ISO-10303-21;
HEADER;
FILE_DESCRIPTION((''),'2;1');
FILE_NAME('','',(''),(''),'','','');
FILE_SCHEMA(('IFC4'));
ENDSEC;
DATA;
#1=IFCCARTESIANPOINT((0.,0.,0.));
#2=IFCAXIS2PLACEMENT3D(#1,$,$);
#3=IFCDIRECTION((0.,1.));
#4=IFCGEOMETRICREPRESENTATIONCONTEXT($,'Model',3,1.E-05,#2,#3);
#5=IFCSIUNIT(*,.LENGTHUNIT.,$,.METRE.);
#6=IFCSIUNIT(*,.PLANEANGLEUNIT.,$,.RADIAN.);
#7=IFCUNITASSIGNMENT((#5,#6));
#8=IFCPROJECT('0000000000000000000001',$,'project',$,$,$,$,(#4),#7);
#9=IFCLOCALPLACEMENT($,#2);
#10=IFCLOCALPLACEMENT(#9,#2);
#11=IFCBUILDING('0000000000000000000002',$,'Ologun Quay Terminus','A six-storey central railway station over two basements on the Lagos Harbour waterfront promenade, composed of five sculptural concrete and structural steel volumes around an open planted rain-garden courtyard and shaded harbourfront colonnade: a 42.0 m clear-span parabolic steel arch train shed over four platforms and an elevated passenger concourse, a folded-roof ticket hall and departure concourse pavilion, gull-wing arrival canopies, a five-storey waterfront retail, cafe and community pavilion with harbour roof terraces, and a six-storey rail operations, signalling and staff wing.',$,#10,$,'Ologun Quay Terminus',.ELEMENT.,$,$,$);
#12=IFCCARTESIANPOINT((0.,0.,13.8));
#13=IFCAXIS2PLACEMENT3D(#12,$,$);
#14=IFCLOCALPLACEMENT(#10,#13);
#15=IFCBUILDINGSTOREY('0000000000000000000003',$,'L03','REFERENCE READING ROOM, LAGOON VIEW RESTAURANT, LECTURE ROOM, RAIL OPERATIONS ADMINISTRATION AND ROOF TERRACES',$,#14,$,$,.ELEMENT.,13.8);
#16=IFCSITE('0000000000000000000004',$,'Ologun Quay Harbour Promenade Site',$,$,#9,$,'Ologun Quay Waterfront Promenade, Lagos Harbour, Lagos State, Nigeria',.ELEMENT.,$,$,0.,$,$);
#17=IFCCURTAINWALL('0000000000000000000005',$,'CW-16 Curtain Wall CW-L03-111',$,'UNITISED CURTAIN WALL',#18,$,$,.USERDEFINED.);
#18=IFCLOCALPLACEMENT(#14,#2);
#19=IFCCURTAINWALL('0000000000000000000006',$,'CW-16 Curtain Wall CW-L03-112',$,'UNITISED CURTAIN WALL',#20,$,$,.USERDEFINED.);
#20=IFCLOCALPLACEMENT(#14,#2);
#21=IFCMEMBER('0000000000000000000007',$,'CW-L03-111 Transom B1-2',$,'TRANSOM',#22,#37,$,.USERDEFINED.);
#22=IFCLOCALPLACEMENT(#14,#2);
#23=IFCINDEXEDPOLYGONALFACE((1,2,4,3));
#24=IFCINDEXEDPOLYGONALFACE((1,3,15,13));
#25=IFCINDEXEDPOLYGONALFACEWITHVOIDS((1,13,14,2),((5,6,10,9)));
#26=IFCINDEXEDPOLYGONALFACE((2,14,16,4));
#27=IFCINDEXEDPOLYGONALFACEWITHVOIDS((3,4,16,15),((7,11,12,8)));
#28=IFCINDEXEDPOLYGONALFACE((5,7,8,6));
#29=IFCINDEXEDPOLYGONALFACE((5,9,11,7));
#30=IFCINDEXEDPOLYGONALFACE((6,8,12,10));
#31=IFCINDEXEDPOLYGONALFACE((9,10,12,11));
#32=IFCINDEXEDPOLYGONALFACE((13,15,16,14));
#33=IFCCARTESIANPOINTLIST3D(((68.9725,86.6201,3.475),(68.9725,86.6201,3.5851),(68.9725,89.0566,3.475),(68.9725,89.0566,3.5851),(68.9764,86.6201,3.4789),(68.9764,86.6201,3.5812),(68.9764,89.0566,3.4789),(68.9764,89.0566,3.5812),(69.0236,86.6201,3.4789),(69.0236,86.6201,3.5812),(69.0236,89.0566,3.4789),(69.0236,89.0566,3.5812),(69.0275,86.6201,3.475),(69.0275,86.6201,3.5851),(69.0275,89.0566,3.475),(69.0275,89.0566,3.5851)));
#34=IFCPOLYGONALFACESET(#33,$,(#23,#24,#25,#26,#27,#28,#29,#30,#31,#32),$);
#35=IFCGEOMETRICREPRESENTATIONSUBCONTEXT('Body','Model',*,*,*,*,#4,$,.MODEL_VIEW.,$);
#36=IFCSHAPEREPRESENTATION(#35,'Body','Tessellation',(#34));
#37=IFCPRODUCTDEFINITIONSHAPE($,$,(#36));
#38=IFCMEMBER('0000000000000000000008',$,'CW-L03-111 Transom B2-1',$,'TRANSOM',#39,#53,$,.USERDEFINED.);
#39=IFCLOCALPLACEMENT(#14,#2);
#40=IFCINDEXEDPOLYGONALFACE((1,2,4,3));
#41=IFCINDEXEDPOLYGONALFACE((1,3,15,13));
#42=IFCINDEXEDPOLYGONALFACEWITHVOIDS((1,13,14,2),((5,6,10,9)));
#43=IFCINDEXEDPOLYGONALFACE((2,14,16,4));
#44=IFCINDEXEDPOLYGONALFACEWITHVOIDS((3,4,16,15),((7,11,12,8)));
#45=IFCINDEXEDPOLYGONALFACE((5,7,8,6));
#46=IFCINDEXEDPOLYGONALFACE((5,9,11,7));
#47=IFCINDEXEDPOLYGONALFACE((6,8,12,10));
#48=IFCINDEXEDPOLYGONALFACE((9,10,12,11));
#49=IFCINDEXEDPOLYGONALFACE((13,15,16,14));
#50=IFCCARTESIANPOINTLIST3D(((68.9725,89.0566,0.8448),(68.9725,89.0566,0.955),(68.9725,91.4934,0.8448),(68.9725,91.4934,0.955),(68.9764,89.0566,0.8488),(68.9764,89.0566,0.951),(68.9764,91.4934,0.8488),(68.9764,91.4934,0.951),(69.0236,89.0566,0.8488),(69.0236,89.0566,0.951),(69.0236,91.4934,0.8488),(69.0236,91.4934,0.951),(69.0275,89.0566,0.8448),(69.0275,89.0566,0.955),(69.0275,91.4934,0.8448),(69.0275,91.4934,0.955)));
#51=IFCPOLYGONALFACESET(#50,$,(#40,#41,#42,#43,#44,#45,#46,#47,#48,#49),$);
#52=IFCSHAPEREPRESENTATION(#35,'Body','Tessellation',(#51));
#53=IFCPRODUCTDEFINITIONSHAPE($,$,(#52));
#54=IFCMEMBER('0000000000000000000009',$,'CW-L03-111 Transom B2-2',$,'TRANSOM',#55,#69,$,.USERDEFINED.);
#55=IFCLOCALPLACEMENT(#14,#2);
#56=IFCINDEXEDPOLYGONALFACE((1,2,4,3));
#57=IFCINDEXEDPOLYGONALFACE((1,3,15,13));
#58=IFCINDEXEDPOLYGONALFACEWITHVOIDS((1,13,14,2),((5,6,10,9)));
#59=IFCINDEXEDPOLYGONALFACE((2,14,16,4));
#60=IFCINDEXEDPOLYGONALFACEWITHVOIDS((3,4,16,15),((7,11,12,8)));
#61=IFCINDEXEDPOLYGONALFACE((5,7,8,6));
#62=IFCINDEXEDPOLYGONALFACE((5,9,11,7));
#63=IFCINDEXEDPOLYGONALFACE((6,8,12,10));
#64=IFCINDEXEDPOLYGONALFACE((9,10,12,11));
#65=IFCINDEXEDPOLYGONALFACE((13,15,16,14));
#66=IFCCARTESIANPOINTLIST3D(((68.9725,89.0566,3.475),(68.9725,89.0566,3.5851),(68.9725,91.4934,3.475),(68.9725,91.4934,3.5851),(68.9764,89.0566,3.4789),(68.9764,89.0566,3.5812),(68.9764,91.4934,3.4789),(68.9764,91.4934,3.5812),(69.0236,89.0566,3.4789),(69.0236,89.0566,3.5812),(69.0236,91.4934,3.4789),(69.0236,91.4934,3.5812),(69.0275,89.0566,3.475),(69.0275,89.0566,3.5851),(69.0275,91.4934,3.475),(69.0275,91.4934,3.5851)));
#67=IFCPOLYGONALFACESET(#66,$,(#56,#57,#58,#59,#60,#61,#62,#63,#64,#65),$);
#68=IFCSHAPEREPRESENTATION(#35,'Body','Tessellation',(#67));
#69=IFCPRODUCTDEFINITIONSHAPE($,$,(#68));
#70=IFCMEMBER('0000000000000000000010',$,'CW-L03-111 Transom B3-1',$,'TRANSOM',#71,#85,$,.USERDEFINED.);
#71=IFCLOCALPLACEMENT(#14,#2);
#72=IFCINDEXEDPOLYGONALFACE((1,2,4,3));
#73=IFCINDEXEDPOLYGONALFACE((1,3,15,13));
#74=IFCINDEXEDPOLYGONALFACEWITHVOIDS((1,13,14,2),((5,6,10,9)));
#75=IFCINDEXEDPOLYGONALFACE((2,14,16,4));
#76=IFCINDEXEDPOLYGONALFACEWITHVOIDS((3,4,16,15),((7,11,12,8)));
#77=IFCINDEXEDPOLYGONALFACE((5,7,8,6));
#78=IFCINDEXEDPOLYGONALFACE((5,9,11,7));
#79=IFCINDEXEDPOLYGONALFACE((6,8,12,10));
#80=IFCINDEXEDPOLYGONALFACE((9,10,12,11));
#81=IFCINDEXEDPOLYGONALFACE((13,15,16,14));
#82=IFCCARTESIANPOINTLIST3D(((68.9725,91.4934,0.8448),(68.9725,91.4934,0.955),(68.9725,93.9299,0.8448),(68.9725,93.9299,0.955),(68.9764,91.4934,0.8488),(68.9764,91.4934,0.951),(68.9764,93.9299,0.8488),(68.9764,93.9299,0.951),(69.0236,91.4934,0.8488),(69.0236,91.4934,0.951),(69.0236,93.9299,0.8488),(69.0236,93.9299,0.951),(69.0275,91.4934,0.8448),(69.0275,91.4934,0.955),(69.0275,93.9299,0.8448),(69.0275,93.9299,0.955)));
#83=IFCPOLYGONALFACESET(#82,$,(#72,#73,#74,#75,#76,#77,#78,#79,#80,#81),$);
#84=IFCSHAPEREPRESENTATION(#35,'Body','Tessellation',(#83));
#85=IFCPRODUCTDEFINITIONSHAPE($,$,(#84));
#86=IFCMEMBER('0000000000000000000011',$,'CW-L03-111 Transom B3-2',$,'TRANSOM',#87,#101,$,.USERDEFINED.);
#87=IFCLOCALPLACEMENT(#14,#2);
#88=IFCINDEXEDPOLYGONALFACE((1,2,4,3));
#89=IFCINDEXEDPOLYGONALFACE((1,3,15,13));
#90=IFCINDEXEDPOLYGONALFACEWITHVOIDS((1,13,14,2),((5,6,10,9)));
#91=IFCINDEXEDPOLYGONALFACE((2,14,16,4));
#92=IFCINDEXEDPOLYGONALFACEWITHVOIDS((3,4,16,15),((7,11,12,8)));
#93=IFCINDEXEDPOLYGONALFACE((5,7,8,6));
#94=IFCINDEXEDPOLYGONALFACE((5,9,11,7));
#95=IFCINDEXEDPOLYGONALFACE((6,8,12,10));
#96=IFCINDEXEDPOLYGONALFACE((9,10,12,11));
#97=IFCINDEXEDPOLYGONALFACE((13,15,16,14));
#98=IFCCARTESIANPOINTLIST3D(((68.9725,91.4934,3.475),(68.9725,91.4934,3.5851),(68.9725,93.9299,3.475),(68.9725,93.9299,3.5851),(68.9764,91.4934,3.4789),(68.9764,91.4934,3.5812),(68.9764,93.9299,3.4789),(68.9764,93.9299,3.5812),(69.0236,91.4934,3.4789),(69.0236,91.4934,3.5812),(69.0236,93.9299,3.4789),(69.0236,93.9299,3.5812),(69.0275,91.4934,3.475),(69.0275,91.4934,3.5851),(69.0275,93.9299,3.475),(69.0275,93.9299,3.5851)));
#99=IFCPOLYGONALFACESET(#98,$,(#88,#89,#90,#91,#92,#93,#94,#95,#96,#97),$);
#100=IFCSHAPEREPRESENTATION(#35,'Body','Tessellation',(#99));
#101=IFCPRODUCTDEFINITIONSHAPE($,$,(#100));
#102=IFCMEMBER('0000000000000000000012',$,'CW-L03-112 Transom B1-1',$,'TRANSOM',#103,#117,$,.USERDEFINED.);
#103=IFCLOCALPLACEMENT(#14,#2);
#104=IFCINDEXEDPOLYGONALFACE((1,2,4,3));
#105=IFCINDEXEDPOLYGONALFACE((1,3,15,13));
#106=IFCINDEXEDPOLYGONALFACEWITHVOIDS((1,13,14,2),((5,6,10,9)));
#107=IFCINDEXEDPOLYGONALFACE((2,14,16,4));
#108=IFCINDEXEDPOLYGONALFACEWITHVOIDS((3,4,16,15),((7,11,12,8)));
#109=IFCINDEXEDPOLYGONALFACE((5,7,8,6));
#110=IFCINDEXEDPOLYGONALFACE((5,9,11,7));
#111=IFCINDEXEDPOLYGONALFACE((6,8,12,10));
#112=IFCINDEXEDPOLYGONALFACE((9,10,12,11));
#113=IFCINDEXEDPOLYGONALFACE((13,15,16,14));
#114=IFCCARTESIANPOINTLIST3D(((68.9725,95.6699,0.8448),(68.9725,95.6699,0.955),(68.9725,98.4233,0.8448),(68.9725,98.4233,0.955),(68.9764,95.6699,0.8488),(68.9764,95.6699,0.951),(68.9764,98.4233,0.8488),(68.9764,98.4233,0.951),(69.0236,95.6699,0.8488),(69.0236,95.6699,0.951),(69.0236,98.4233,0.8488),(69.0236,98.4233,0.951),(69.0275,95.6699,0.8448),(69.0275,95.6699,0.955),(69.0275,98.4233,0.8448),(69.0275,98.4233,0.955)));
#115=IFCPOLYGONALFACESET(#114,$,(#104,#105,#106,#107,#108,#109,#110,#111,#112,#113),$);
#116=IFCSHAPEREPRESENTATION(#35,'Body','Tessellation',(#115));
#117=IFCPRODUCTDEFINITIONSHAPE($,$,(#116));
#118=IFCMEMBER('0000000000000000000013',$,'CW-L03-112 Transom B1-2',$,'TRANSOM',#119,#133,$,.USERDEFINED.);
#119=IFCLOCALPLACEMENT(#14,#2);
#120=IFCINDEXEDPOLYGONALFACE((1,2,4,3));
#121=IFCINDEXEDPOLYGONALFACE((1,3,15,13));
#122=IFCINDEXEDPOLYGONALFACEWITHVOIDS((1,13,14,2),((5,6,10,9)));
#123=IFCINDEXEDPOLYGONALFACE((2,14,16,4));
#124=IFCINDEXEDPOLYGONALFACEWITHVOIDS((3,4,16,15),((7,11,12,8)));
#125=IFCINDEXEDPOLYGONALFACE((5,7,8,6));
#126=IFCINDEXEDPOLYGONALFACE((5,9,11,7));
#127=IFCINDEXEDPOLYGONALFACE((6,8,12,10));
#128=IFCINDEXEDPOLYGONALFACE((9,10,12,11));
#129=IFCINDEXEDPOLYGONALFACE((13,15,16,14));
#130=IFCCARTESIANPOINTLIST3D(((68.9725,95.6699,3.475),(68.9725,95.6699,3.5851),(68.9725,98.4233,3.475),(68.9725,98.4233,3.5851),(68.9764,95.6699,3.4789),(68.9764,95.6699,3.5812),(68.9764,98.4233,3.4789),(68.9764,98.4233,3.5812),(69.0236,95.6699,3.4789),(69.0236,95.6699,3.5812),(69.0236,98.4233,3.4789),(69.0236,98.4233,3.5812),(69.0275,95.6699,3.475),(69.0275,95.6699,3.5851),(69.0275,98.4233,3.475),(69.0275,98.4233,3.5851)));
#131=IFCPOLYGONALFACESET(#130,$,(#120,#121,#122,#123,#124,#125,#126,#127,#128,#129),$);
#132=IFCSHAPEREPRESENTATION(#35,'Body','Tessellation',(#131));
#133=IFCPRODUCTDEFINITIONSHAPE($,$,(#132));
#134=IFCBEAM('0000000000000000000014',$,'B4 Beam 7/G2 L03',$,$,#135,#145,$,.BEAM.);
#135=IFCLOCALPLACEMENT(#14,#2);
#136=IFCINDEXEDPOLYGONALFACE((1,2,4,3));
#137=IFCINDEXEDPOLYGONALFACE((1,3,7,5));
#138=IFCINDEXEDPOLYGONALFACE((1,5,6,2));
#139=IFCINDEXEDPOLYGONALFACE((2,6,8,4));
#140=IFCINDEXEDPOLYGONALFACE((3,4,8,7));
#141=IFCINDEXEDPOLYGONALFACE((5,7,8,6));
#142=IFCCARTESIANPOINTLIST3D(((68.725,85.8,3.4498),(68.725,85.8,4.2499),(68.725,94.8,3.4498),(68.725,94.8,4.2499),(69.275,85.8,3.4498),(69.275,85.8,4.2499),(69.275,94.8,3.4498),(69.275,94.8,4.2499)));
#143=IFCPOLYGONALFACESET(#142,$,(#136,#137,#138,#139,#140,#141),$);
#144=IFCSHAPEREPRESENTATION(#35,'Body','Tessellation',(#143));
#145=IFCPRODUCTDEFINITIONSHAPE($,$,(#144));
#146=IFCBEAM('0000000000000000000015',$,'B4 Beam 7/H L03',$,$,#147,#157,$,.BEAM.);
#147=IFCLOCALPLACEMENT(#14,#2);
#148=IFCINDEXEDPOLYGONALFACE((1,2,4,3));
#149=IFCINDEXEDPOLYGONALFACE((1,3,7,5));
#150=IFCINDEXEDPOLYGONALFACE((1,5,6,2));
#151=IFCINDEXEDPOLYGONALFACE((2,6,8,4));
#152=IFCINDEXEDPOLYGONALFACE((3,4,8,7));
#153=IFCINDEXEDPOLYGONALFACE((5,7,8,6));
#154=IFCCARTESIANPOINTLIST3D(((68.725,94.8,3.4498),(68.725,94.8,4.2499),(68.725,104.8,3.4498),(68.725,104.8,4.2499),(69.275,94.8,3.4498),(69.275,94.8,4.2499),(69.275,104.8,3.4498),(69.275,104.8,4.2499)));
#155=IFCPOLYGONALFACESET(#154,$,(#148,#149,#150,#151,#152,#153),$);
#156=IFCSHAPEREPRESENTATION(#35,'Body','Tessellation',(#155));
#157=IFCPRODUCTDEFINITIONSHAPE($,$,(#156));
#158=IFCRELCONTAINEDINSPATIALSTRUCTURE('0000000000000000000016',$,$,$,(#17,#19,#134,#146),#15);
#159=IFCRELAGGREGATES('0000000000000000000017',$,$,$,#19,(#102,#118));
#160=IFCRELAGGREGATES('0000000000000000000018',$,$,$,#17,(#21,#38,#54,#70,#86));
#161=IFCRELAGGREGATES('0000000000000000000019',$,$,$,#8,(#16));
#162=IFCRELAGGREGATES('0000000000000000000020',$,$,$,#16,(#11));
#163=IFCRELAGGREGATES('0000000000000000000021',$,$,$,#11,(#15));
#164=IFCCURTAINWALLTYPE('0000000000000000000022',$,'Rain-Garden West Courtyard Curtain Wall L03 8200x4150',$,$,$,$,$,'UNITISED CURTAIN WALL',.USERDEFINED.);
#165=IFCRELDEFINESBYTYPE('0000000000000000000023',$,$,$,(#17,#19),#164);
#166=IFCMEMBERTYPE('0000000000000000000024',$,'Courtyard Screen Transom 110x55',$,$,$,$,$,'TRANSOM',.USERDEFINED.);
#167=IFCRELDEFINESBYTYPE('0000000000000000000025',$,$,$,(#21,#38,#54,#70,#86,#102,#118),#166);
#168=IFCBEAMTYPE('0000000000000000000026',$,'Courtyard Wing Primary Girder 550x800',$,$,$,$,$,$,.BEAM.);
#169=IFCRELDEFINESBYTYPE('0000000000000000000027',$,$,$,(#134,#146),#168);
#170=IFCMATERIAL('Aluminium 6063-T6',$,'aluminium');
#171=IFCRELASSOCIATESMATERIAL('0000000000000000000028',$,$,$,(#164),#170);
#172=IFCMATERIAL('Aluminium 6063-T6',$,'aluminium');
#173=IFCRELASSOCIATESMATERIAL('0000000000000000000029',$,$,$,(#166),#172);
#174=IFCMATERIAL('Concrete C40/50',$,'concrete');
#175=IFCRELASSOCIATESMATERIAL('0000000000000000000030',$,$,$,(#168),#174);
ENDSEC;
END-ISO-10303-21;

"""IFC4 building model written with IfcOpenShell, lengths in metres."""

from ifc_helpers import new_model, si_unit, direction, frame, origin, origin_2d, place, context, subcontext, project, spatial, rectangle, hollow_rectangle, extrude, material, material_profile, profile_set, type_object, element, aggregate, save


model = new_model("IFC4")

# Units and contexts
model_context = context("Model", 3, precision=1e-05, world=origin(), true_north=direction((0.0, 1.0)))
body_context = subcontext(model_context, "Body", "Model", "MODEL_VIEW")
ifc_project = project(units=[si_unit("LENGTHUNIT", "METRE"), si_unit("PLANEANGLEUNIT", "RADIAN")], contexts=[model_context])

# Site, building, storey
site_placement = place(None, origin())
site = spatial("IfcSite", under=ifc_project, at=site_placement, Name="Ologun Quay Harbour Promenade Site", LongName="Ologun Quay Waterfront Promenade, Lagos Harbour, Lagos State, Nigeria", CompositionType="ELEMENT", RefElevation=0.0)
building_placement = place(site_placement, origin())
building = spatial("IfcBuilding", under=site, at=building_placement, Name="Ologun Quay Terminus", Description="A six-storey central railway station over two basements on the Lagos Harbour waterfront promenade, composed of five sculptural concrete and structural steel volumes around an open planted rain-garden courtyard and shaded harbourfront colonnade: a 42.0 m clear-span parabolic steel arch train shed over four platforms and an elevated passenger concourse, a folded-roof ticket hall and departure concourse pavilion, gull-wing arrival canopies, a five-storey waterfront retail, cafe and community pavilion with harbour roof terraces, and a six-storey rail operations, signalling and staff wing.", LongName="Ologun Quay Terminus", CompositionType="ELEMENT")
storey_placement = place(building_placement, frame((0.0, 0.0, 13.8)))
storey = spatial("IfcBuildingStorey", under=building, at=storey_placement, Name="L03", Description="REFERENCE READING ROOM, LAGOON VIEW RESTAURANT, LECTURE ROOM, RAIL OPERATIONS ADMINISTRATION AND ROOF TERRACES", CompositionType="ELEMENT", Elevation=13.8)

# Curtain wall
ifc_material_1 = material(Name="Aluminium 6063-T6", Category="aluminium")
curtain_wall_type = type_object("IfcCurtainWallType", Name="Rain-Garden West Courtyard Curtain Wall L03 8200x4150", ElementType="UNITISED CURTAIN WALL", PredefinedType="USERDEFINED", material=ifc_material_1)
curtain_wall_1_placement = place(storey_placement, origin())
curtain_wall_1 = element("IfcCurtainWall", 1, at=curtain_wall_1_placement, inside=storey, type_object=curtain_wall_type, Name="CW-16 Curtain Wall CW-L03-111", ObjectType="UNITISED CURTAIN WALL", PredefinedType="USERDEFINED")

# Curtain wall
curtain_wall_2_placement = place(storey_placement, origin())
curtain_wall_2 = element("IfcCurtainWall", 2, at=curtain_wall_2_placement, inside=storey, type_object=curtain_wall_type, Name="CW-16 Curtain Wall CW-L03-112", ObjectType="UNITISED CURTAIN WALL", PredefinedType="USERDEFINED")

# Members
ifc_material_2 = material(Name="Aluminium 6063-T6", Category="aluminium")
ifc_material_profile_1 = material_profile(ifc_material_2, hollow_rectangle(XDim=0.0549, YDim=0.1101, WallThickness=0.0039, at=origin_2d()), Name="ALU 110x55x4")
ifc_profile_set_1 = profile_set([ifc_material_profile_1], Name="Aluminium 6063-T6")
member_type_1 = type_object("IfcMemberType", Name="Courtyard Screen Transom 110x55", ElementType="TRANSOM", PredefinedType="USERDEFINED", material=ifc_profile_set_1)
member_1_placement = place(storey_placement, frame((69.0, 86.6201, 3.53), z_axis=(0.0, 1.0, 0.0), x_axis=(-1.0, 0.0, 0.0)))
member_1 = element("IfcMember", 3, at=member_1_placement, type_object=member_type_1, Name="CW-L03-111 Transom B1-2", ObjectType="TRANSOM", PredefinedType="USERDEFINED", context=body_context, shape_type="SweptSolid", body=[
    extrude(hollow_rectangle(XDim=0.0549, YDim=0.1101, WallThickness=0.0039, at=origin_2d()), origin(), (0.0, 0.0, 1.0), 2.4365),
])
member_2_placement = place(storey_placement, frame((69.0, 89.0566, 0.8999), z_axis=(0.0, 1.0, 0.0), x_axis=(-1.0, 0.0, 0.0)))
member_2 = element("IfcMember", 4, at=member_2_placement, type_object=member_type_1, Name="CW-L03-111 Transom B2-1", ObjectType="TRANSOM", PredefinedType="USERDEFINED", context=body_context, shape_type="SweptSolid", body=[
    extrude(hollow_rectangle(XDim=0.0549, YDim=0.1101, WallThickness=0.0039, at=origin_2d()), origin(), (0.0, 0.0, 1.0), 2.4368),
])
member_3_placement = place(storey_placement, frame((69.0, 89.0566, 3.53), z_axis=(0.0, 1.0, 0.0), x_axis=(-1.0, 0.0, 0.0)))
member_3 = element("IfcMember", 5, at=member_3_placement, type_object=member_type_1, Name="CW-L03-111 Transom B2-2", ObjectType="TRANSOM", PredefinedType="USERDEFINED", context=body_context, shape_type="SweptSolid", body=[
    extrude(hollow_rectangle(XDim=0.0549, YDim=0.1101, WallThickness=0.0039, at=origin_2d()), origin(), (0.0, 0.0, 1.0), 2.4368),
])
member_4_placement = place(storey_placement, frame((69.0, 91.4934, 0.8999), z_axis=(0.0, 1.0, 0.0), x_axis=(-1.0, 0.0, 0.0)))
member_4 = element("IfcMember", 6, at=member_4_placement, type_object=member_type_1, Name="CW-L03-111 Transom B3-1", ObjectType="TRANSOM", PredefinedType="USERDEFINED", context=body_context, shape_type="SweptSolid", body=[
    extrude(hollow_rectangle(XDim=0.0549, YDim=0.1101, WallThickness=0.0039, at=origin_2d()), origin(), (0.0, 0.0, 1.0), 2.4365),
])
member_5_placement = place(storey_placement, frame((69.0, 91.4934, 3.53), z_axis=(0.0, 1.0, 0.0), x_axis=(-1.0, 0.0, 0.0)))
member_5 = element("IfcMember", 7, at=member_5_placement, type_object=member_type_1, Name="CW-L03-111 Transom B3-2", ObjectType="TRANSOM", PredefinedType="USERDEFINED", context=body_context, shape_type="SweptSolid", body=[
    extrude(hollow_rectangle(XDim=0.0549, YDim=0.1101, WallThickness=0.0039, at=origin_2d()), origin(), (0.0, 0.0, 1.0), 2.4365),
])
member_6_placement = place(storey_placement, frame((69.0, 95.6699, 0.8999), z_axis=(0.0, 1.0, 0.0), x_axis=(-1.0, 0.0, 0.0)))
member_6 = element("IfcMember", 8, at=member_6_placement, type_object=member_type_1, Name="CW-L03-112 Transom B1-1", ObjectType="TRANSOM", PredefinedType="USERDEFINED", context=body_context, shape_type="SweptSolid", body=[
    extrude(hollow_rectangle(XDim=0.0549, YDim=0.1101, WallThickness=0.0039, at=origin_2d()), origin(), (0.0, 0.0, 1.0), 2.7534),
])
member_7_placement = place(storey_placement, frame((69.0, 95.6699, 3.53), z_axis=(0.0, 1.0, 0.0), x_axis=(-1.0, 0.0, 0.0)))
member_7 = element("IfcMember", 9, at=member_7_placement, type_object=member_type_1, Name="CW-L03-112 Transom B1-2", ObjectType="TRANSOM", PredefinedType="USERDEFINED", context=body_context, shape_type="SweptSolid", body=[
    extrude(hollow_rectangle(XDim=0.0549, YDim=0.1101, WallThickness=0.0039, at=origin_2d()), origin(), (0.0, 0.0, 1.0), 2.7534),
])
aggregate(curtain_wall_2, [member_6, member_7])

# Beams
ifc_material_3 = material(Name="Concrete C40/50", Category="concrete")
ifc_material_profile_2 = material_profile(ifc_material_3, rectangle(XDim=0.55, YDim=0.8, at=origin_2d()), Name="RC 550x800")
ifc_profile_set_2 = profile_set([ifc_material_profile_2], Name="Concrete C40/50")
beam_type = type_object("IfcBeamType", Name="Courtyard Wing Primary Girder 550x800", PredefinedType="BEAM", material=ifc_profile_set_2)
beam_1_placement = place(storey_placement, frame((69.0, 85.8, 3.8499), z_axis=(0.0, 1.0, 0.0), x_axis=(-1.0, 0.0, 0.0)))
element("IfcBeam", 10, at=beam_1_placement, inside=storey, type_object=beam_type, Name="B4 Beam 7/G2 L03", PredefinedType="BEAM", context=body_context, shape_type="SweptSolid", body=[
    extrude(rectangle(XDim=0.55, YDim=0.8, at=origin_2d()), origin(), (0.0, 0.0, 1.0), 9.0),
])
beam_2_placement = place(storey_placement, frame((69.0, 94.8, 3.8499), z_axis=(0.0, 1.0, 0.0), x_axis=(-1.0, 0.0, 0.0)))
element("IfcBeam", 11, at=beam_2_placement, inside=storey, type_object=beam_type, Name="B4 Beam 7/H L03", PredefinedType="BEAM", context=body_context, shape_type="SweptSolid", body=[
    extrude(rectangle(XDim=0.55, YDim=0.8, at=origin_2d()), origin(), (0.0, 0.0, 1.0), 10.0),
])

aggregate(curtain_wall_1, [member_1, member_2, member_3, member_4, member_5])

save(model, "model.ifc")
